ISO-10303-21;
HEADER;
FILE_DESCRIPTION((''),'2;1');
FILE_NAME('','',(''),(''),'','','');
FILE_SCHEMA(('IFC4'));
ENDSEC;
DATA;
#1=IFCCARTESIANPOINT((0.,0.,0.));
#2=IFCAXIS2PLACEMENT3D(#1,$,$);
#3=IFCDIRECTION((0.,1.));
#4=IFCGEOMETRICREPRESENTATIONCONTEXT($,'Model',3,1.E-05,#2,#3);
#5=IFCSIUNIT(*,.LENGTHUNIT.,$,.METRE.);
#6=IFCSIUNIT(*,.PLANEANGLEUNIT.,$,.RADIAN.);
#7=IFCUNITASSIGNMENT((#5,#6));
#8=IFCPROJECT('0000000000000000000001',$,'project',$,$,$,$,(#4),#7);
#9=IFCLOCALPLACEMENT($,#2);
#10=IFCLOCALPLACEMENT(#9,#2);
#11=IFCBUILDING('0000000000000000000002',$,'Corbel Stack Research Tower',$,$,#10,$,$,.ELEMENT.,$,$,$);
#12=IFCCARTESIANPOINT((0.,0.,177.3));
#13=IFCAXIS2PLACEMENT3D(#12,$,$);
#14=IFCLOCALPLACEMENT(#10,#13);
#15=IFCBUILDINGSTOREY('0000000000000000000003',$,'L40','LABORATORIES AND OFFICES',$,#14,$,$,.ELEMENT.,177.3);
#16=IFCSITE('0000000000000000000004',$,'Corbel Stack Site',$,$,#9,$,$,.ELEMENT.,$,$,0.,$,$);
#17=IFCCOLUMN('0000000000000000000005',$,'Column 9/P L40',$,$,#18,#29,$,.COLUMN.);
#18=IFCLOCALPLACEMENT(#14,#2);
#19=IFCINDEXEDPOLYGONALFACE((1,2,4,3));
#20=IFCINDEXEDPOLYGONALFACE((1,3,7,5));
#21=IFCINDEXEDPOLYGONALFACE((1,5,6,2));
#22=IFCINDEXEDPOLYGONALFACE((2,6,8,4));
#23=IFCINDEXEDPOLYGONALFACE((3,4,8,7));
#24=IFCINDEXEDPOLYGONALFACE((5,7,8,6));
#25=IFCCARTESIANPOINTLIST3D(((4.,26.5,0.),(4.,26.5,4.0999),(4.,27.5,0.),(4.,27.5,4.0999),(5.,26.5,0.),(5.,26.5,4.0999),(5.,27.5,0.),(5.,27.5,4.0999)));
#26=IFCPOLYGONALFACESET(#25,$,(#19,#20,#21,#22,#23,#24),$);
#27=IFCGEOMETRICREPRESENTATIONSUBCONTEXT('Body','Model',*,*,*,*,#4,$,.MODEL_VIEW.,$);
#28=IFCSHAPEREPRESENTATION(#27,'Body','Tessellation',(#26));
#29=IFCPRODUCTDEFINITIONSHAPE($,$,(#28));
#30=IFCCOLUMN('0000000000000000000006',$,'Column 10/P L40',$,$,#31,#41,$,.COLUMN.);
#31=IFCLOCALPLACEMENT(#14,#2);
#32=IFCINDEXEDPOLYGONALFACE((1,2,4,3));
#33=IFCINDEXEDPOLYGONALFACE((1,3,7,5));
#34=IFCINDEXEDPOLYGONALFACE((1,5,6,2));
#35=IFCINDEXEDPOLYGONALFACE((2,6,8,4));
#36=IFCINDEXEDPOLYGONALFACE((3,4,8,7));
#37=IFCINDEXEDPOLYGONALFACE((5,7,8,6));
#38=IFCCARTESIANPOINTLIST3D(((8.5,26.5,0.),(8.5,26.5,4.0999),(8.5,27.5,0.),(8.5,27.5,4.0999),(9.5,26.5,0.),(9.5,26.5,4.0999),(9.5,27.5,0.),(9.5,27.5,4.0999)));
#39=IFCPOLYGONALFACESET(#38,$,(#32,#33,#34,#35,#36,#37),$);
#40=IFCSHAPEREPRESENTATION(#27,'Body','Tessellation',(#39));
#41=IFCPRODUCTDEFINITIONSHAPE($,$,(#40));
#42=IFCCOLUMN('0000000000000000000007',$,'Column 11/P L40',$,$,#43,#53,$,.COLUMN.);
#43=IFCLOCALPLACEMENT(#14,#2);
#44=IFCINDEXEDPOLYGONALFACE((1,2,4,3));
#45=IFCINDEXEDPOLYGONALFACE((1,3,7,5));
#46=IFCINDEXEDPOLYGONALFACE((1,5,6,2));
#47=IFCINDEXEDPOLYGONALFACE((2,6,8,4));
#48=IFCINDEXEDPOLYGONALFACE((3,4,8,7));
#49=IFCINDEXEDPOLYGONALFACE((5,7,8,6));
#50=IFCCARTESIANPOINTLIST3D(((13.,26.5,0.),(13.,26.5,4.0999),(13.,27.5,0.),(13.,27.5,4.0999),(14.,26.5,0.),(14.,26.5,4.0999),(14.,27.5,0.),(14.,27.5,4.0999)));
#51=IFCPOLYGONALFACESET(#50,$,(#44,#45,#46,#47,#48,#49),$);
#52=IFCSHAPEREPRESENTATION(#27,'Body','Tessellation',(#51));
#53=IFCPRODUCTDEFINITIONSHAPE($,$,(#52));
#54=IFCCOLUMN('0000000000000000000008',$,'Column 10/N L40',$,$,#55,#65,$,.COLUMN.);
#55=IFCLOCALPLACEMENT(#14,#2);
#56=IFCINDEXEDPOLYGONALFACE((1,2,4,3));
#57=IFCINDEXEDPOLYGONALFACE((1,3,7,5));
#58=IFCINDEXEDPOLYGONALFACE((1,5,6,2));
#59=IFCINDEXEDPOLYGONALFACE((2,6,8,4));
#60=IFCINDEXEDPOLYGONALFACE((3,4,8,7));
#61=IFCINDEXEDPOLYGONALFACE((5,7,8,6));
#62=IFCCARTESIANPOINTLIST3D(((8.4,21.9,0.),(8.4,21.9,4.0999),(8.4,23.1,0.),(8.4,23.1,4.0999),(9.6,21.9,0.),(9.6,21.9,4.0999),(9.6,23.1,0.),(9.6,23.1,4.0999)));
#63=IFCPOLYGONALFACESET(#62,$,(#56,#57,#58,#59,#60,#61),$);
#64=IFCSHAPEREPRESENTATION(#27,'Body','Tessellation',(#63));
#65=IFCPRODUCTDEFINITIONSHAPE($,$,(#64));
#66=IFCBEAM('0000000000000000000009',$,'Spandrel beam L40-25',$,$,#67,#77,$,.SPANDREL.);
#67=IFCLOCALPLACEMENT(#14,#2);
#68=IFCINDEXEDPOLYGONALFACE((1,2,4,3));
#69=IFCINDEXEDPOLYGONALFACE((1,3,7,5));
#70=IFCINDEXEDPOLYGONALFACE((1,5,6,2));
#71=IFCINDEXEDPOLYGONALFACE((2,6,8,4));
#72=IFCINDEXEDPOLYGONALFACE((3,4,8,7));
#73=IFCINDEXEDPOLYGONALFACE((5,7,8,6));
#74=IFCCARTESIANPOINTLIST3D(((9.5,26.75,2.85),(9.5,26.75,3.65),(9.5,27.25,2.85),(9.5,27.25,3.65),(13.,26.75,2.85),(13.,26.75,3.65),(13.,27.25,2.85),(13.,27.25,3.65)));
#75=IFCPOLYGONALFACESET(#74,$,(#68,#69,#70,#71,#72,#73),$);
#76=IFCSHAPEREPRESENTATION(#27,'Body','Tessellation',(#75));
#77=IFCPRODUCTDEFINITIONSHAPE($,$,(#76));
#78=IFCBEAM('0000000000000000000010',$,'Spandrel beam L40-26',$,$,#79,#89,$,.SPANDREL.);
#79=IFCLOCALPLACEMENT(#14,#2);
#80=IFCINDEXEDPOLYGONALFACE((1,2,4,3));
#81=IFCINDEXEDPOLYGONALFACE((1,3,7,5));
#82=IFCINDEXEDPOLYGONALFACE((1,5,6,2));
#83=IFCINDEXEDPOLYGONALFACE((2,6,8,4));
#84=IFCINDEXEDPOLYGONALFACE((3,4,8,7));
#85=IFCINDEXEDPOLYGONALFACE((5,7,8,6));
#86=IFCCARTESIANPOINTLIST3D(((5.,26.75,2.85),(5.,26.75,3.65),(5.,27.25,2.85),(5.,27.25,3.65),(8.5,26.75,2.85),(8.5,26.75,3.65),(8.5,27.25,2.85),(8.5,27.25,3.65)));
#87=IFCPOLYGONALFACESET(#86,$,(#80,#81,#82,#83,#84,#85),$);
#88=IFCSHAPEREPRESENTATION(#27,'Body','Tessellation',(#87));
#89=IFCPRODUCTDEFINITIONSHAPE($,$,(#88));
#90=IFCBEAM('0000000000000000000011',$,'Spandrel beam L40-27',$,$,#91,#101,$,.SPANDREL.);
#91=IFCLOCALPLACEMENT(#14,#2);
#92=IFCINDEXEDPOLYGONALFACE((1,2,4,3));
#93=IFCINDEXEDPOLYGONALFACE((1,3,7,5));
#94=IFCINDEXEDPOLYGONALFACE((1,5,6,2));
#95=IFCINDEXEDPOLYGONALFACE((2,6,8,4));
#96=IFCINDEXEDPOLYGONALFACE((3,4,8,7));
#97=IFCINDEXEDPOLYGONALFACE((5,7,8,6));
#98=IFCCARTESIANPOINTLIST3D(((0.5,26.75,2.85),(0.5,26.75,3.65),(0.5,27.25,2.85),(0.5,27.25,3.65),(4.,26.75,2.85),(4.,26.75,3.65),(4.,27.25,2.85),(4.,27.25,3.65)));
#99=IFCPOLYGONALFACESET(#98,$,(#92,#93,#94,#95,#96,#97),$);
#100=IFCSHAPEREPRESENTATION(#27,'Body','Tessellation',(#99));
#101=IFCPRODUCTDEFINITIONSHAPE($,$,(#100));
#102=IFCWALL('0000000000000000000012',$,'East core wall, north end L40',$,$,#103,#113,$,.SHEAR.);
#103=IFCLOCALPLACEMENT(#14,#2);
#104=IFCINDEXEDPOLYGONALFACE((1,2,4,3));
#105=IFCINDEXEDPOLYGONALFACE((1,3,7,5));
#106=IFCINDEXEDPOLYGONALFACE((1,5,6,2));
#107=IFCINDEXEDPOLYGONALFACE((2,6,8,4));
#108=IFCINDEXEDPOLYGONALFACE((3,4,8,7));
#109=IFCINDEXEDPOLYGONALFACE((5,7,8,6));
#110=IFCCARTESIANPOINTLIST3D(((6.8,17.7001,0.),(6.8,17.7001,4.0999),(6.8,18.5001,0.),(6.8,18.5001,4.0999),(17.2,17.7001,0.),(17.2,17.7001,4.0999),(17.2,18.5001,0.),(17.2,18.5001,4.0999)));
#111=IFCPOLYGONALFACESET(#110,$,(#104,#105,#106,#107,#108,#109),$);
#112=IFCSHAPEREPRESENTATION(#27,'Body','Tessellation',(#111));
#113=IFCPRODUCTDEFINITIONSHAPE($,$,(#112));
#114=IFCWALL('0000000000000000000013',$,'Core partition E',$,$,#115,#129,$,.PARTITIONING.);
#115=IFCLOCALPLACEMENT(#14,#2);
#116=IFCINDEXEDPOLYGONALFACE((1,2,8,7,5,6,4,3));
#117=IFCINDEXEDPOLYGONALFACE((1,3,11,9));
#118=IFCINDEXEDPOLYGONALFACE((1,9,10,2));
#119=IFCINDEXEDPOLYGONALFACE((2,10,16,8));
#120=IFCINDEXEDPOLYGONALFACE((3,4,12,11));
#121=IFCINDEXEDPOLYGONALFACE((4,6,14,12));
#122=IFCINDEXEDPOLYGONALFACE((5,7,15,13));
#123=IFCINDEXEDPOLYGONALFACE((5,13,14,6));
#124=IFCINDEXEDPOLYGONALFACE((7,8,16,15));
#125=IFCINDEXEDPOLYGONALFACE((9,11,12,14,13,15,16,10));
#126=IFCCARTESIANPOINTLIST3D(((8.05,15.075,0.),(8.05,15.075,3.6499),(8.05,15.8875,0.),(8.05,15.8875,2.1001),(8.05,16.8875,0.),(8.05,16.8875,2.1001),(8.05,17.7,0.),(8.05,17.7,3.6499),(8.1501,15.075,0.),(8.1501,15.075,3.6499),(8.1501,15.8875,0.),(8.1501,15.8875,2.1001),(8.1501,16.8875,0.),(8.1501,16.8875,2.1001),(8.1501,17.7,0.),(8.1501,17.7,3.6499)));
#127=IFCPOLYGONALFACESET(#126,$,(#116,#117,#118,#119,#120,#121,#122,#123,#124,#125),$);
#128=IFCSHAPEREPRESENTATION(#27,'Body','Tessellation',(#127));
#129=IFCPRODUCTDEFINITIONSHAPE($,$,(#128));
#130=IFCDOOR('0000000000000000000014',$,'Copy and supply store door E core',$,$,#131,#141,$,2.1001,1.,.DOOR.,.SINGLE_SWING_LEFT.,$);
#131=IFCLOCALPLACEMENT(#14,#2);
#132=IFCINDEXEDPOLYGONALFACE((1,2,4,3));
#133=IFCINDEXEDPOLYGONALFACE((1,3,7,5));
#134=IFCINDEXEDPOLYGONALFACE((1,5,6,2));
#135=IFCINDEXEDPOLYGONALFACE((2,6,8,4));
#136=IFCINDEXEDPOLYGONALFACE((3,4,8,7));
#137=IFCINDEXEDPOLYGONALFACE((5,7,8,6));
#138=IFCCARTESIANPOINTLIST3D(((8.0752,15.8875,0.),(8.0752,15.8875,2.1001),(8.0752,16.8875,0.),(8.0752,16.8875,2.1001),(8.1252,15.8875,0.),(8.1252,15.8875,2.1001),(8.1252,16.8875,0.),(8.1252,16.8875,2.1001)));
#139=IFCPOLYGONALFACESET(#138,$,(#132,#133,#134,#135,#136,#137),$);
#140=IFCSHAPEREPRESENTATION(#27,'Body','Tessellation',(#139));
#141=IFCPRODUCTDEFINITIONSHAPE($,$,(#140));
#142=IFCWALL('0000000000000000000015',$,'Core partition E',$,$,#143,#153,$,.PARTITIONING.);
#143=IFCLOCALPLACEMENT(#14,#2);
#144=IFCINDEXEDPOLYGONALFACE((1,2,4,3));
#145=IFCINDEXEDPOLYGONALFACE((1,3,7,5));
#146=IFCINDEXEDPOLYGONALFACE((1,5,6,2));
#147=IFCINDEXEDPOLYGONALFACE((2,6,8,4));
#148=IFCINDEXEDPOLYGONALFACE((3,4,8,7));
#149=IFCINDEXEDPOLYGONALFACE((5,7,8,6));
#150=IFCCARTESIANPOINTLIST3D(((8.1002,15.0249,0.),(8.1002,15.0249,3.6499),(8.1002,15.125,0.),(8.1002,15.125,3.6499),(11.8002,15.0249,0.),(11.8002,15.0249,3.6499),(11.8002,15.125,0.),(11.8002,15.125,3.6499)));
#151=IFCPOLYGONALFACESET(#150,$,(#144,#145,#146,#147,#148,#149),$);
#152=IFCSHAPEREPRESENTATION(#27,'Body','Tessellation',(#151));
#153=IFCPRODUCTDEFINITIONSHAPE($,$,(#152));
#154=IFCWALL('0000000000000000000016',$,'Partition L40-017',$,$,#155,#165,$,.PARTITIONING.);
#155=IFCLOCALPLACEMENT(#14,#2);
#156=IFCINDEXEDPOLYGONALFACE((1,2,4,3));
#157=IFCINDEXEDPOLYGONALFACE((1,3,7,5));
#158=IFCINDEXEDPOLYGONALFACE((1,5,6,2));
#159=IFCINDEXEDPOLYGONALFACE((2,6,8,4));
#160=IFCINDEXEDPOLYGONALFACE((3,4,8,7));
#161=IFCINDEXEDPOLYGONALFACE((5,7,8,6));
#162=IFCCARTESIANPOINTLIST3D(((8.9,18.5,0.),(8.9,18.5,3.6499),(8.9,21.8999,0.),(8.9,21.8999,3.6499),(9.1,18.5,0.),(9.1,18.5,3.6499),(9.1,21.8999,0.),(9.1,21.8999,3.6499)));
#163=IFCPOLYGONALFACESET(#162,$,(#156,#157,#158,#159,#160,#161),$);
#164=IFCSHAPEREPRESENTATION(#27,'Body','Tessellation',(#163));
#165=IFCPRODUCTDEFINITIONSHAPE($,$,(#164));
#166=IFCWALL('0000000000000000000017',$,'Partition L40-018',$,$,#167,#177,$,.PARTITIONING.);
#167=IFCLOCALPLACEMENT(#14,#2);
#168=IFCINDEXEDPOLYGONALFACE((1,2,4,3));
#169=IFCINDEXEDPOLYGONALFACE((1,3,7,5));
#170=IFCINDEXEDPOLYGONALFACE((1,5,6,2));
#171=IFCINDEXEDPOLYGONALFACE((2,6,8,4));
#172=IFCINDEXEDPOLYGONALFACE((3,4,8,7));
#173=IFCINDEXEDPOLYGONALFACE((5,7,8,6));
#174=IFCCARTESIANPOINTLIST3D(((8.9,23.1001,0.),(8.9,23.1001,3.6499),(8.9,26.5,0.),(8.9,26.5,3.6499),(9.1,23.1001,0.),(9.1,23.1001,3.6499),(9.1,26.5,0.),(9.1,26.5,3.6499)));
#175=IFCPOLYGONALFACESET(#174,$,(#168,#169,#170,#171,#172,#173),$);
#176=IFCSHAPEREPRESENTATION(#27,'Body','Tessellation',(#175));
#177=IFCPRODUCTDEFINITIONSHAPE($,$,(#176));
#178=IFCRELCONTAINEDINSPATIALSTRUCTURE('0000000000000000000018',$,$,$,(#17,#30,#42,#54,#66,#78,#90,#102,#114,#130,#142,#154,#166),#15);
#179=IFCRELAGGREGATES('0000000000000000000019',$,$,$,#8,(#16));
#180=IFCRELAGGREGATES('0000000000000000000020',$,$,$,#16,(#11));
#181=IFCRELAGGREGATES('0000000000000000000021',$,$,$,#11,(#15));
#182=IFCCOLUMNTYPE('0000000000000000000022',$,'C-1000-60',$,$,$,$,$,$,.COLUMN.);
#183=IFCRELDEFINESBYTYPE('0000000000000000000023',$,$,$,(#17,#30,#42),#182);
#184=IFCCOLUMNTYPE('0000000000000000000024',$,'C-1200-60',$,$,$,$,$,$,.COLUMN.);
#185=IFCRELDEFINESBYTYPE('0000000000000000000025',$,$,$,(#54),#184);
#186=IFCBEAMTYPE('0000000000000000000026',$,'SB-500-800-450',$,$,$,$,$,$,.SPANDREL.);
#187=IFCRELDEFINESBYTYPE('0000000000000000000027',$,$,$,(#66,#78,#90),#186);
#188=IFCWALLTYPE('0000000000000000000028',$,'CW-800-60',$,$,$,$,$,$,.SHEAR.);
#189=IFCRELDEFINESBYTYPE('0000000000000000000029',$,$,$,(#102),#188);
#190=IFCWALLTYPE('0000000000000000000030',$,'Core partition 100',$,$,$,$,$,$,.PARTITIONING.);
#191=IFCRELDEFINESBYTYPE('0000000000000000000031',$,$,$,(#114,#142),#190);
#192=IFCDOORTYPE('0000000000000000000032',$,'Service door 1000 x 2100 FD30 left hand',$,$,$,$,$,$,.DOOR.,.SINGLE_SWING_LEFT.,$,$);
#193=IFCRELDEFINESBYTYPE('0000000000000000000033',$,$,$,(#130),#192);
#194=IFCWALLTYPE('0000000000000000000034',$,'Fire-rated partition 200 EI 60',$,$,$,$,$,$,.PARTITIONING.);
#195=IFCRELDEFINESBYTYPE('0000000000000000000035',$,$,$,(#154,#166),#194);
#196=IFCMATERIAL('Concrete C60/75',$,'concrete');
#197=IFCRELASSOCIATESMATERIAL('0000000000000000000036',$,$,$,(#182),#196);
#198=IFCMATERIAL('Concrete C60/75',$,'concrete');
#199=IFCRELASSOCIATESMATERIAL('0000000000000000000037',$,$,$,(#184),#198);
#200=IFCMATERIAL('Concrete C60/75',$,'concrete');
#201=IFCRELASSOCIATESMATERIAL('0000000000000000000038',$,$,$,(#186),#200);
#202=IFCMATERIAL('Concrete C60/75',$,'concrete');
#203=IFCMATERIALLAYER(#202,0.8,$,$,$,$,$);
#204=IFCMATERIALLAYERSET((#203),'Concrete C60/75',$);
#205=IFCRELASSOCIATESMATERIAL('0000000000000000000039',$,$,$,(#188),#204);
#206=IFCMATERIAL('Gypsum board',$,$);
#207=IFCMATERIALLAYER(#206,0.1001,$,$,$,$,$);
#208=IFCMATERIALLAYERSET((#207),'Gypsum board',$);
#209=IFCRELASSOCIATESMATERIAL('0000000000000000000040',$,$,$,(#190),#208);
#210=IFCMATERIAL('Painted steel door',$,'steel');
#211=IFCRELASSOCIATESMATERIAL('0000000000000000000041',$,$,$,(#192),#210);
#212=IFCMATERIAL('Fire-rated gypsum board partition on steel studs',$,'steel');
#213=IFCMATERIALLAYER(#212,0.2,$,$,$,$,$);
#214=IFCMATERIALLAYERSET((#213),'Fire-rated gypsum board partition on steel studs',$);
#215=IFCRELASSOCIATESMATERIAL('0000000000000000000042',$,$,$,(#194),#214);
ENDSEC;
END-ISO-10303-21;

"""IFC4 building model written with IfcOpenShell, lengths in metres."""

from ifc_helpers import new_model, si_unit, direction, frame, frame_2d, origin, origin_2d, place, context, subcontext, project, spatial, rectangle, extrude, material, layer, layer_set, material_profile, profile_set, type_object, element, fill, save


model = new_model("IFC4")

# Units and contexts
model_context = context("Model", 3, precision=1e-05, world=origin(), true_north=direction((0.0, 1.0)))
body_context = subcontext(model_context, "Body", "Model", "MODEL_VIEW")
ifc_project = project(units=[si_unit("LENGTHUNIT", "METRE"), si_unit("PLANEANGLEUNIT", "RADIAN")], contexts=[model_context])

# Site, building, storey
site_placement = place(None, origin())
site = spatial("IfcSite", under=ifc_project, at=site_placement, Name="Corbel Stack Site", CompositionType="ELEMENT", RefElevation=0.0)
building_placement = place(site_placement, origin())
building = spatial("IfcBuilding", under=site, at=building_placement, Name="Corbel Stack Research Tower", CompositionType="ELEMENT")
storey_placement = place(building_placement, frame((0.0, 0.0, 177.3)))
storey = spatial("IfcBuildingStorey", under=building, at=storey_placement, Name="L40", Description="LABORATORIES AND OFFICES", CompositionType="ELEMENT", Elevation=177.3)

# Columns
ifc_material_1 = material(Name="Concrete C60/75", Category="concrete")
ifc_material_profile_1 = material_profile(ifc_material_1, rectangle(XDim=1.0, YDim=1.0, at=origin_2d()), Name="RC 1000 x 1000")
ifc_profile_set_1 = profile_set([ifc_material_profile_1], Name="Concrete C60/75")
column_type_1 = type_object("IfcColumnType", Name="C-1000-60", PredefinedType="COLUMN", material=ifc_profile_set_1)
for number, where, z_axis, x_axis, name in (
    (1, (4.5, 27.0, 0.0), (0.0, 0.0, 1.0), (1.0, 0.0, 0.0), "Column 9/P L40"),
    (2, (9.0, 27.0, 0.0), (0.0, 0.0, 1.0), (1.0, 0.0, 0.0), "Column 10/P L40"),
    (3, (13.5, 27.0, 0.0), (0.0, 0.0, 1.0), (1.0, 0.0, 0.0), "Column 11/P L40"),
):
    element("IfcColumn", number, at=place(storey_placement, frame(where, z_axis=z_axis, x_axis=x_axis)), inside=storey, type_object=column_type_1, Name=name, PredefinedType="COLUMN", context=body_context, shape_type="SweptSolid", body=[
        extrude(rectangle(XDim=1.0, YDim=1.0, at=origin_2d()), origin(), (0.0, 0.0, 1.0), 4.0999),
    ])
ifc_material_2 = material(Name="Concrete C60/75", Category="concrete")
ifc_material_profile_2 = material_profile(ifc_material_2, rectangle(XDim=1.2, YDim=1.2, at=origin_2d()), Name="RC 1200 x 1200")
ifc_profile_set_2 = profile_set([ifc_material_profile_2], Name="Concrete C60/75")
column_type_2 = type_object("IfcColumnType", Name="C-1200-60", PredefinedType="COLUMN", material=ifc_profile_set_2)
column_placement = place(storey_placement, frame((9.0, 22.5, 0.0), z_axis=(0.0, 0.0, 1.0), x_axis=(1.0, 0.0, 0.0)))
element("IfcColumn", 4, at=column_placement, inside=storey, type_object=column_type_2, Name="Column 10/N L40", PredefinedType="COLUMN", context=body_context, shape_type="SweptSolid", body=[
    extrude(rectangle(XDim=1.2, YDim=1.2, at=origin_2d()), origin(), (0.0, 0.0, 1.0), 4.0999),
])

# Beams
ifc_material_3 = material(Name="Concrete C60/75", Category="concrete")
ifc_material_profile_3 = material_profile(ifc_material_3, rectangle(XDim=0.5, YDim=0.8, at=origin_2d()), Name="RC 500 x 800")
ifc_profile_set_3 = profile_set([ifc_material_profile_3], Name="Concrete C60/75")
beam_type = type_object("IfcBeamType", Name="SB-500-800-450", PredefinedType="SPANDREL", material=ifc_profile_set_3)
for number, where, z_axis, x_axis, name in (
    (5, (13.0, 27.0, 3.25), (-1.0, 0.0, 0.0), (0.0, -1.0, 0.0), "Spandrel beam L40-25"),
    (6, (8.5, 27.0, 3.25), (-1.0, 0.0, 0.0), (0.0, -1.0, 0.0), "Spandrel beam L40-26"),
    (7, (4.0, 27.0, 3.25), (-1.0, 0.0, 0.0), (0.0, -1.0, 0.0), "Spandrel beam L40-27"),
):
    element("IfcBeam", number, at=place(storey_placement, frame(where, z_axis=z_axis, x_axis=x_axis)), inside=storey, type_object=beam_type, Name=name, PredefinedType="SPANDREL", context=body_context, shape_type="SweptSolid", body=[
        extrude(rectangle(XDim=0.5, YDim=0.8, at=origin_2d()), origin(), (0.0, 0.0, 1.0), 3.5),
    ])

# Wall
ifc_material_4 = material(Name="Concrete C60/75", Category="concrete")
ifc_layer_1 = layer(ifc_material_4, 0.8)
ifc_layer_set_1 = layer_set([ifc_layer_1], Name="Concrete C60/75")
wall_type_1 = type_object("IfcWallType", Name="CW-800-60", PredefinedType="SHEAR", material=ifc_layer_set_1)
wall_1_placement = place(storey_placement, frame((6.8, 18.1001, 0.0), z_axis=(0.0, 0.0, 1.0), x_axis=(1.0, 0.0, 0.0)))
element("IfcWall", 8, at=wall_1_placement, inside=storey, type_object=wall_type_1, Name="East core wall, north end L40", PredefinedType="SHEAR", context=body_context, shape_type="SweptSolid", body=[
    extrude(rectangle(XDim=10.3999, YDim=0.8, at=frame_2d((5.2, 0.0))), origin(), (0.0, 0.0, 1.0), 4.0999),
])

# Wall, opening, door
ifc_material_5 = material(Name="Gypsum board")
ifc_layer_2 = layer(ifc_material_5, 0.1001)
ifc_layer_set_2 = layer_set([ifc_layer_2], Name="Gypsum board")
wall_type_2 = type_object("IfcWallType", Name="Core partition 100", PredefinedType="PARTITIONING", material=ifc_layer_set_2)
wall_2_placement = place(storey_placement, frame((8.1001, 15.075, 0.0), z_axis=(0.0, 0.0, 1.0), x_axis=(0.0, 1.0, 0.0)))
wall_2 = element("IfcWall", 9, at=wall_2_placement, inside=storey, type_object=wall_type_2, Name="Core partition E", PredefinedType="PARTITIONING", context=body_context, shape_type="SweptSolid", body=[
    extrude(rectangle(XDim=2.625, YDim=0.1001, at=frame_2d((1.3125, 0.0))), origin(), (0.0, 0.0, 1.0), 3.6499),
])
opening_1_placement = place(wall_2_placement, frame((0.8125, 0.0, 0.0)))
opening_1 = element("IfcOpeningElement", 10, at=opening_1_placement, cuts=wall_2, PredefinedType="OPENING", context=body_context, shape_type="SweptSolid", body=[
    extrude(rectangle(XDim=1.0, YDim=2.1001, at=frame_2d((0.5, 1.05))), frame((0.0, 0.0601, 0.0), z_axis=(0.0, -1.0, 0.0), x_axis=(1.0, 0.0, 0.0)), (0.0, 0.0, 1.0), 0.1201),
])
ifc_material_6 = material(Name="Painted steel door", Category="steel")
door_type_1 = type_object("IfcDoorType", Name="Service door 1000 x 2100 FD30 left hand", OperationType="SINGLE_SWING_LEFT", PredefinedType="DOOR", material=ifc_material_6)
door_1_placement = place(opening_1_placement, origin())
door_1 = element("IfcDoor", 11, at=door_1_placement, inside=storey, type_object=door_type_1, Name="Copy and supply store door E core", OperationType="SINGLE_SWING_LEFT", OverallHeight=2.1001, OverallWidth=1.0, PredefinedType="DOOR", context=body_context, shape_type="SweptSolid", body=[
    extrude(rectangle(XDim=1.0, YDim=2.1001, at=frame_2d((0.5, 1.05))), frame((0.0, 0.0249, 0.0), z_axis=(0.0, -1.0, 0.0), x_axis=(1.0, 0.0, 0.0)), (0.0, 0.0, 1.0), 0.05),
])
fill(opening_1, door_1)

# Walls
wall_3_placement = place(storey_placement, frame((8.1001, 15.075, 0.0), z_axis=(0.0, 0.0, 1.0), x_axis=(1.0, 0.0, 0.0)))
element("IfcWall", 12, at=wall_3_placement, inside=storey, type_object=wall_type_2, Name="Core partition E", PredefinedType="PARTITIONING", context=body_context, shape_type="SweptSolid", body=[
    extrude(rectangle(XDim=3.7, YDim=0.1001, at=frame_2d((1.8501, 0.0))), origin(), (0.0, 0.0, 1.0), 3.6499),
])
ifc_material_7 = material(Name="Fire-rated gypsum board partition on steel studs", Category="steel")
ifc_layer_3 = layer(ifc_material_7, 0.2)
ifc_layer_set_3 = layer_set([ifc_layer_3], Name="Fire-rated gypsum board partition on steel studs")
wall_type_3 = type_object("IfcWallType", Name="Fire-rated partition 200 EI 60", PredefinedType="PARTITIONING", material=ifc_layer_set_3)
for number, where, z_axis, x_axis, name in (
    (13, (9.0, 18.5, 0.0), (0.0, 0.0, 1.0), (0.0, 1.0, 0.0), "Partition L40-017"),
    (14, (9.0, 23.1001, 0.0), (0.0, 0.0, 1.0), (0.0, 1.0, 0.0), "Partition L40-018"),
):
    element("IfcWall", number, at=place(storey_placement, frame(where, z_axis=z_axis, x_axis=x_axis)), inside=storey, type_object=wall_type_3, Name=name, PredefinedType="PARTITIONING", context=body_context, shape_type="SweptSolid", body=[
        extrude(rectangle(XDim=3.3999, YDim=0.2, at=frame_2d((1.7, 0.0))), origin(), (0.0, 0.0, 1.0), 3.6499),
    ])

save(model, "model.ifc")
